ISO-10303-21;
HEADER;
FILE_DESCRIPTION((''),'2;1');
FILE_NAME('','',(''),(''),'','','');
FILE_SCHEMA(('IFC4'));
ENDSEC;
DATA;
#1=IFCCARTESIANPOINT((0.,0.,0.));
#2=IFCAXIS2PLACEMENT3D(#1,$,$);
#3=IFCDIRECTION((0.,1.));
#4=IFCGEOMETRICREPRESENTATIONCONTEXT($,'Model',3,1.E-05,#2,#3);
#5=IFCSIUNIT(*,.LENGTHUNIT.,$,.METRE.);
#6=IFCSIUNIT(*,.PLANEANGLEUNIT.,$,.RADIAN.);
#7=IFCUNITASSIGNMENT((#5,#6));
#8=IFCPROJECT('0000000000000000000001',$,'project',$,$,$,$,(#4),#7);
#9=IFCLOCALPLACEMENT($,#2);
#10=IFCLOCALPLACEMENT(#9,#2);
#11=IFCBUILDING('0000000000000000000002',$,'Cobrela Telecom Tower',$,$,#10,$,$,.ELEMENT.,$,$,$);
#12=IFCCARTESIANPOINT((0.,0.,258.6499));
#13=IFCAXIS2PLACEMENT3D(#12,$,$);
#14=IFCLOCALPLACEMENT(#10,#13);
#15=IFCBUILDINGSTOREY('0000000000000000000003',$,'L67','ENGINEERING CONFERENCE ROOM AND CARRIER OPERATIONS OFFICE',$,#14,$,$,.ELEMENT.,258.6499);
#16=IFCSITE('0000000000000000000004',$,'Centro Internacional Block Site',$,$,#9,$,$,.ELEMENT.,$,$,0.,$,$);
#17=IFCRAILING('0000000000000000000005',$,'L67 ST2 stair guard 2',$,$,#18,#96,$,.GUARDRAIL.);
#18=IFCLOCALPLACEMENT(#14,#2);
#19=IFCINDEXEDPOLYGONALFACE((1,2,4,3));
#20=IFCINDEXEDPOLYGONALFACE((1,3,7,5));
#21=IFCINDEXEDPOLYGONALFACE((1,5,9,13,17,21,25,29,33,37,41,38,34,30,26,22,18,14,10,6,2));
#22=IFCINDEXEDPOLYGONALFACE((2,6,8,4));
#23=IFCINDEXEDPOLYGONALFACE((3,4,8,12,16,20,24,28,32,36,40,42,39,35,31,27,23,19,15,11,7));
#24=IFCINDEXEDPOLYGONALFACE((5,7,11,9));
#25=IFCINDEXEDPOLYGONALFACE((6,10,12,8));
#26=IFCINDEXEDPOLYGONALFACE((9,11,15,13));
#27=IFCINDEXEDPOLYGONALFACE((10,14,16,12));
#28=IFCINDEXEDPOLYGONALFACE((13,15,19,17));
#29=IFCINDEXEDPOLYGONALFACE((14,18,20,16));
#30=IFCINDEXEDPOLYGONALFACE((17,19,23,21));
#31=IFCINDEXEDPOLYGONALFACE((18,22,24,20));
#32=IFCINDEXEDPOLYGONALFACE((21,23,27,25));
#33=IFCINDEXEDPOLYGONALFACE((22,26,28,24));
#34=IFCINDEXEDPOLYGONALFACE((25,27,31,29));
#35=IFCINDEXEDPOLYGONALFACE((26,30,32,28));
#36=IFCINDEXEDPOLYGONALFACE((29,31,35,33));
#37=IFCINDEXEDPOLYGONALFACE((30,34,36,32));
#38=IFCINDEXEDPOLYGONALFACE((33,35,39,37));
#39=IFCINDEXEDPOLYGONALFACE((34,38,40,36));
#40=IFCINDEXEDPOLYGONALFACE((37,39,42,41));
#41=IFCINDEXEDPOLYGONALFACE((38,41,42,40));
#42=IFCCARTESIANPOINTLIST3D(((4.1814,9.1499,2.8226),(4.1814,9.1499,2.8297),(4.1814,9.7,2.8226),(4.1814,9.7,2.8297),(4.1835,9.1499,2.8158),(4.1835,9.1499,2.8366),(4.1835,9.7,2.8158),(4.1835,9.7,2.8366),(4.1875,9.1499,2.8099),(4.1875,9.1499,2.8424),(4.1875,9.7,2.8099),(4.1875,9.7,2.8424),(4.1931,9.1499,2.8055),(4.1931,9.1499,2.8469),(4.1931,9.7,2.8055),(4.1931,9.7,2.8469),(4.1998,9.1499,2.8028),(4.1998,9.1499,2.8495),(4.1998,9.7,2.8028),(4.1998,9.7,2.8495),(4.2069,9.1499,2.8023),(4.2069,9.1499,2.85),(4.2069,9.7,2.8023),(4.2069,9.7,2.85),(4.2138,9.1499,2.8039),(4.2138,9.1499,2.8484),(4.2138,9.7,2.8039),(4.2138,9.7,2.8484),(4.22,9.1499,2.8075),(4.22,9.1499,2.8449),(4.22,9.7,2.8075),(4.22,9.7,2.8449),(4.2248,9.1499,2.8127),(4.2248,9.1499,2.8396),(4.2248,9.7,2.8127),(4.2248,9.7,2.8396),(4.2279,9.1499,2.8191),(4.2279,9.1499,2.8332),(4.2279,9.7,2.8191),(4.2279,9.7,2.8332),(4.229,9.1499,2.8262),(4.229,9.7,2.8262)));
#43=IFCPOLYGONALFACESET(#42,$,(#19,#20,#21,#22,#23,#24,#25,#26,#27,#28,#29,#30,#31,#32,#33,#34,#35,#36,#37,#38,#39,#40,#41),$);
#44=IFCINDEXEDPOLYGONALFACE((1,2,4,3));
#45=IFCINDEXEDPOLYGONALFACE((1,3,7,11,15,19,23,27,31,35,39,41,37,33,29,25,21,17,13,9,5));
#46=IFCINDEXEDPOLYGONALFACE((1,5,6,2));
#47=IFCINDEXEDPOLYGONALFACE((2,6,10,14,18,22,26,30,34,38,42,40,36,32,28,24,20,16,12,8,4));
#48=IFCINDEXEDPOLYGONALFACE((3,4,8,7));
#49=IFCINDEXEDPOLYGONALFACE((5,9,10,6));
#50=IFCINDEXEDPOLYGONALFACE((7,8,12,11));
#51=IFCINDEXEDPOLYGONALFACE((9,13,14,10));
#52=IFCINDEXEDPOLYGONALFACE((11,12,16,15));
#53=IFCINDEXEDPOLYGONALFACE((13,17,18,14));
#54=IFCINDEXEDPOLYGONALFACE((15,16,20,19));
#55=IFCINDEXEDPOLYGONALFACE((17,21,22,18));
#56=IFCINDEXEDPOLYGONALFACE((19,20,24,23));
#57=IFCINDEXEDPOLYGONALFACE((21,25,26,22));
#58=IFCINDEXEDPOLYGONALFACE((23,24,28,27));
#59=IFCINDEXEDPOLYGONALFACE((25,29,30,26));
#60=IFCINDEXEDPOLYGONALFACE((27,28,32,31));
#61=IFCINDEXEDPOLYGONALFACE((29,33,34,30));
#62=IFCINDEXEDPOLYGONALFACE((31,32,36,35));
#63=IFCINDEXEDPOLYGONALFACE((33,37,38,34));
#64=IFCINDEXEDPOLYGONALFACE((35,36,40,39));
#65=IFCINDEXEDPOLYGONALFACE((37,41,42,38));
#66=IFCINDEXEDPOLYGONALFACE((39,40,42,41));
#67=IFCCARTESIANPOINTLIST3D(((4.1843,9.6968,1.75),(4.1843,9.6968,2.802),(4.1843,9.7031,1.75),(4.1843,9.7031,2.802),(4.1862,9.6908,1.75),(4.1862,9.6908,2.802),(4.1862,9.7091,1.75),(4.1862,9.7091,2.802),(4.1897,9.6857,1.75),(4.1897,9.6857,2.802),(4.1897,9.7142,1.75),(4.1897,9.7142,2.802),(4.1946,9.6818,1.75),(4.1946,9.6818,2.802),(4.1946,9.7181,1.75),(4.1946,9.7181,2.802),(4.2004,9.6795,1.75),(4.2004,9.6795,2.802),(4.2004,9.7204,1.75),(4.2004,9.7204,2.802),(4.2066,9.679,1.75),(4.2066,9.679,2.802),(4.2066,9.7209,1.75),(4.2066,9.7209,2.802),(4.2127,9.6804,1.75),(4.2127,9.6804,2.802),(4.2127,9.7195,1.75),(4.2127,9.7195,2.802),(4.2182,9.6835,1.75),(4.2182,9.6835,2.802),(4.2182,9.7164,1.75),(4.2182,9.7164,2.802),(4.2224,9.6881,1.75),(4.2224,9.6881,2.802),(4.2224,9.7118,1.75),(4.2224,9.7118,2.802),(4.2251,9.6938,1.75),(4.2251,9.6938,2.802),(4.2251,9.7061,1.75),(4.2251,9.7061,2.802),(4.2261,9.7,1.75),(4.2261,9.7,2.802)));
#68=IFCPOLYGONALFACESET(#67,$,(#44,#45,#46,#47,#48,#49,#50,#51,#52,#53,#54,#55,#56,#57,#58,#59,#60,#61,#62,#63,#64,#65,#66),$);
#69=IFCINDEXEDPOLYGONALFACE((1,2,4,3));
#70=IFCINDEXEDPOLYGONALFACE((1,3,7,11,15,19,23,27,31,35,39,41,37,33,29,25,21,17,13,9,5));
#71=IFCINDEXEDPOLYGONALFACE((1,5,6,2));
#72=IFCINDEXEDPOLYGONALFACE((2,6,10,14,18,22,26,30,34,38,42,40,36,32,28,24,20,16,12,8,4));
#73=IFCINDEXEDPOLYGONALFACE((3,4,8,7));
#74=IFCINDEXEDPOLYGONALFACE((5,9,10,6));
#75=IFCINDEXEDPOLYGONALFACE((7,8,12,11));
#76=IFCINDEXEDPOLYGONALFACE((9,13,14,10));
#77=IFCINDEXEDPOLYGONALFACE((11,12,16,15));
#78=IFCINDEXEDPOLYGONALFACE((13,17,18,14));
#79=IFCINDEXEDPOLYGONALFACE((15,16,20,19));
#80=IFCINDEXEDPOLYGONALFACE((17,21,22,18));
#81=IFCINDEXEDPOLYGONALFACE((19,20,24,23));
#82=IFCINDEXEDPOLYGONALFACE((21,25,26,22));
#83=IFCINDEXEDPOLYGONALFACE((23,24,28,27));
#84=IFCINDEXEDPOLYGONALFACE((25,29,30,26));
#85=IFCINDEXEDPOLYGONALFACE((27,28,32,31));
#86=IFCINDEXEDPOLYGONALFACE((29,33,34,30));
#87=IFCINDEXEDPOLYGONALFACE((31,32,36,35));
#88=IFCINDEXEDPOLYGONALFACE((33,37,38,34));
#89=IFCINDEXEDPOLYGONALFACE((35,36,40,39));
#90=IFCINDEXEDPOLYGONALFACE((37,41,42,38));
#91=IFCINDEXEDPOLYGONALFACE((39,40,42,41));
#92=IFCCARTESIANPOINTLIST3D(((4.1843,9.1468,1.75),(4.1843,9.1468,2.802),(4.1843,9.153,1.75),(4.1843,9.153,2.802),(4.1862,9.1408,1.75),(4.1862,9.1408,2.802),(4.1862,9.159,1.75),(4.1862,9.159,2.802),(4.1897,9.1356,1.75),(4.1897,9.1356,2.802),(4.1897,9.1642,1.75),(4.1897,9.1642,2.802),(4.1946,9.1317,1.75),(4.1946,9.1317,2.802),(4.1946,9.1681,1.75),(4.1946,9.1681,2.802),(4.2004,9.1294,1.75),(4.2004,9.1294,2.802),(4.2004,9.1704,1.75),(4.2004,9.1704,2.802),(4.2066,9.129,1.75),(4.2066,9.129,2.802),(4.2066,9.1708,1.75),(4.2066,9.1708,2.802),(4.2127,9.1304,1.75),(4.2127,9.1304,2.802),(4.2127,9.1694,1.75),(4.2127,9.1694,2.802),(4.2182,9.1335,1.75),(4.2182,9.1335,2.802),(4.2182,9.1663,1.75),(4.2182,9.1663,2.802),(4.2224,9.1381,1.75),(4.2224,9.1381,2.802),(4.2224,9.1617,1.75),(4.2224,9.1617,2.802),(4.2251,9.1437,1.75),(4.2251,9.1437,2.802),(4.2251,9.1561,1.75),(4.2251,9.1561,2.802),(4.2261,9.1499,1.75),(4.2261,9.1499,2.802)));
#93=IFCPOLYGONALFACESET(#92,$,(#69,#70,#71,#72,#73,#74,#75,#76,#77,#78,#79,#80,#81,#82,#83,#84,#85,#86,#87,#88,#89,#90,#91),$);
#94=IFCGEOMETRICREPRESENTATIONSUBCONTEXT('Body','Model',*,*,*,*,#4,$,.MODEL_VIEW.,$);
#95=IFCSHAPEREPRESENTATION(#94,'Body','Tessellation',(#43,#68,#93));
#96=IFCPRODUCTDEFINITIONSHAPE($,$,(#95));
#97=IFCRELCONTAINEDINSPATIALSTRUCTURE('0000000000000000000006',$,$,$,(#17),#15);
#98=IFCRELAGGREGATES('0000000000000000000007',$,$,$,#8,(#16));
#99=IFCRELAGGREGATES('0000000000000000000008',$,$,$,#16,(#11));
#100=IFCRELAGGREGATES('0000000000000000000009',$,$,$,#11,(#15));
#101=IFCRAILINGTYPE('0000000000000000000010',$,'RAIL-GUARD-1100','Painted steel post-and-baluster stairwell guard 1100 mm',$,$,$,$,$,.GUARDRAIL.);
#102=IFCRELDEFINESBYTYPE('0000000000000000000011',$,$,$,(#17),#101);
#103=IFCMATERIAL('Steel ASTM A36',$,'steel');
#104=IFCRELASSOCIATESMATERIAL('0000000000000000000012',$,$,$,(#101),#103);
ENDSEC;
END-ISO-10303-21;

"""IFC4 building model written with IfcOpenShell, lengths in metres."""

from ifc_helpers import new_model, si_unit, direction, frame, origin, origin_2d, place, context, subcontext, project, spatial, circle, extrude, material, type_object, element, save


model = new_model("IFC4")

# Units and contexts
model_context = context("Model", 3, precision=1e-05, world=origin(), true_north=direction((0.0, 1.0)))
body_context = subcontext(model_context, "Body", "Model", "MODEL_VIEW")
ifc_project = project(units=[si_unit("LENGTHUNIT", "METRE"), si_unit("PLANEANGLEUNIT", "RADIAN")], contexts=[model_context])

# Site, building, storey
site_placement = place(None, origin())
site = spatial("IfcSite", under=ifc_project, at=site_placement, Name="Centro Internacional Block Site", CompositionType="ELEMENT", RefElevation=0.0)
building_placement = place(site_placement, origin())
building = spatial("IfcBuilding", under=site, at=building_placement, Name="Cobrela Telecom Tower", CompositionType="ELEMENT")
storey_placement = place(building_placement, frame((0.0, 0.0, 258.6499)))
storey = spatial("IfcBuildingStorey", under=building, at=storey_placement, Name="L67", Description="ENGINEERING CONFERENCE ROOM AND CARRIER OPERATIONS OFFICE", CompositionType="ELEMENT", Elevation=258.6499)

# Railing
ifc_material_1 = material(Name="Steel ASTM A36", Category="steel")
railing_type_1 = type_object("IfcRailingType", Name="RAIL-GUARD-1100", Description="Painted steel post-and-baluster stairwell guard 1100 mm", PredefinedType="GUARDRAIL", material=ifc_material_1)
railing_1_placement = place(storey_placement, frame((4.2051, 9.7, 1.75)))
element("IfcRailing", 1, at=railing_1_placement, inside=storey, type_object=railing_type_1, Name="L67 ST2 stair guard 2", PredefinedType="GUARDRAIL", context=body_context, shape_type="SweptSolid", body=[
    extrude(circle(Radius=0.0239, at=origin_2d()), frame((0.0, 0.0, 1.0762), z_axis=(0.0, -1.0, 0.0), x_axis=(1.0, 0.0, 0.0)), (0.0, 0.0, 1.0), 0.55),
    extrude(circle(Radius=0.021, at=origin_2d()), origin(), (0.0, 0.0, 1.0), 1.052),
    extrude(circle(Radius=0.021, at=origin_2d()), frame((0.0, -0.55, 0.0)), (0.0, 0.0, 1.0), 1.052),
])

save(model, "model.ifc")
